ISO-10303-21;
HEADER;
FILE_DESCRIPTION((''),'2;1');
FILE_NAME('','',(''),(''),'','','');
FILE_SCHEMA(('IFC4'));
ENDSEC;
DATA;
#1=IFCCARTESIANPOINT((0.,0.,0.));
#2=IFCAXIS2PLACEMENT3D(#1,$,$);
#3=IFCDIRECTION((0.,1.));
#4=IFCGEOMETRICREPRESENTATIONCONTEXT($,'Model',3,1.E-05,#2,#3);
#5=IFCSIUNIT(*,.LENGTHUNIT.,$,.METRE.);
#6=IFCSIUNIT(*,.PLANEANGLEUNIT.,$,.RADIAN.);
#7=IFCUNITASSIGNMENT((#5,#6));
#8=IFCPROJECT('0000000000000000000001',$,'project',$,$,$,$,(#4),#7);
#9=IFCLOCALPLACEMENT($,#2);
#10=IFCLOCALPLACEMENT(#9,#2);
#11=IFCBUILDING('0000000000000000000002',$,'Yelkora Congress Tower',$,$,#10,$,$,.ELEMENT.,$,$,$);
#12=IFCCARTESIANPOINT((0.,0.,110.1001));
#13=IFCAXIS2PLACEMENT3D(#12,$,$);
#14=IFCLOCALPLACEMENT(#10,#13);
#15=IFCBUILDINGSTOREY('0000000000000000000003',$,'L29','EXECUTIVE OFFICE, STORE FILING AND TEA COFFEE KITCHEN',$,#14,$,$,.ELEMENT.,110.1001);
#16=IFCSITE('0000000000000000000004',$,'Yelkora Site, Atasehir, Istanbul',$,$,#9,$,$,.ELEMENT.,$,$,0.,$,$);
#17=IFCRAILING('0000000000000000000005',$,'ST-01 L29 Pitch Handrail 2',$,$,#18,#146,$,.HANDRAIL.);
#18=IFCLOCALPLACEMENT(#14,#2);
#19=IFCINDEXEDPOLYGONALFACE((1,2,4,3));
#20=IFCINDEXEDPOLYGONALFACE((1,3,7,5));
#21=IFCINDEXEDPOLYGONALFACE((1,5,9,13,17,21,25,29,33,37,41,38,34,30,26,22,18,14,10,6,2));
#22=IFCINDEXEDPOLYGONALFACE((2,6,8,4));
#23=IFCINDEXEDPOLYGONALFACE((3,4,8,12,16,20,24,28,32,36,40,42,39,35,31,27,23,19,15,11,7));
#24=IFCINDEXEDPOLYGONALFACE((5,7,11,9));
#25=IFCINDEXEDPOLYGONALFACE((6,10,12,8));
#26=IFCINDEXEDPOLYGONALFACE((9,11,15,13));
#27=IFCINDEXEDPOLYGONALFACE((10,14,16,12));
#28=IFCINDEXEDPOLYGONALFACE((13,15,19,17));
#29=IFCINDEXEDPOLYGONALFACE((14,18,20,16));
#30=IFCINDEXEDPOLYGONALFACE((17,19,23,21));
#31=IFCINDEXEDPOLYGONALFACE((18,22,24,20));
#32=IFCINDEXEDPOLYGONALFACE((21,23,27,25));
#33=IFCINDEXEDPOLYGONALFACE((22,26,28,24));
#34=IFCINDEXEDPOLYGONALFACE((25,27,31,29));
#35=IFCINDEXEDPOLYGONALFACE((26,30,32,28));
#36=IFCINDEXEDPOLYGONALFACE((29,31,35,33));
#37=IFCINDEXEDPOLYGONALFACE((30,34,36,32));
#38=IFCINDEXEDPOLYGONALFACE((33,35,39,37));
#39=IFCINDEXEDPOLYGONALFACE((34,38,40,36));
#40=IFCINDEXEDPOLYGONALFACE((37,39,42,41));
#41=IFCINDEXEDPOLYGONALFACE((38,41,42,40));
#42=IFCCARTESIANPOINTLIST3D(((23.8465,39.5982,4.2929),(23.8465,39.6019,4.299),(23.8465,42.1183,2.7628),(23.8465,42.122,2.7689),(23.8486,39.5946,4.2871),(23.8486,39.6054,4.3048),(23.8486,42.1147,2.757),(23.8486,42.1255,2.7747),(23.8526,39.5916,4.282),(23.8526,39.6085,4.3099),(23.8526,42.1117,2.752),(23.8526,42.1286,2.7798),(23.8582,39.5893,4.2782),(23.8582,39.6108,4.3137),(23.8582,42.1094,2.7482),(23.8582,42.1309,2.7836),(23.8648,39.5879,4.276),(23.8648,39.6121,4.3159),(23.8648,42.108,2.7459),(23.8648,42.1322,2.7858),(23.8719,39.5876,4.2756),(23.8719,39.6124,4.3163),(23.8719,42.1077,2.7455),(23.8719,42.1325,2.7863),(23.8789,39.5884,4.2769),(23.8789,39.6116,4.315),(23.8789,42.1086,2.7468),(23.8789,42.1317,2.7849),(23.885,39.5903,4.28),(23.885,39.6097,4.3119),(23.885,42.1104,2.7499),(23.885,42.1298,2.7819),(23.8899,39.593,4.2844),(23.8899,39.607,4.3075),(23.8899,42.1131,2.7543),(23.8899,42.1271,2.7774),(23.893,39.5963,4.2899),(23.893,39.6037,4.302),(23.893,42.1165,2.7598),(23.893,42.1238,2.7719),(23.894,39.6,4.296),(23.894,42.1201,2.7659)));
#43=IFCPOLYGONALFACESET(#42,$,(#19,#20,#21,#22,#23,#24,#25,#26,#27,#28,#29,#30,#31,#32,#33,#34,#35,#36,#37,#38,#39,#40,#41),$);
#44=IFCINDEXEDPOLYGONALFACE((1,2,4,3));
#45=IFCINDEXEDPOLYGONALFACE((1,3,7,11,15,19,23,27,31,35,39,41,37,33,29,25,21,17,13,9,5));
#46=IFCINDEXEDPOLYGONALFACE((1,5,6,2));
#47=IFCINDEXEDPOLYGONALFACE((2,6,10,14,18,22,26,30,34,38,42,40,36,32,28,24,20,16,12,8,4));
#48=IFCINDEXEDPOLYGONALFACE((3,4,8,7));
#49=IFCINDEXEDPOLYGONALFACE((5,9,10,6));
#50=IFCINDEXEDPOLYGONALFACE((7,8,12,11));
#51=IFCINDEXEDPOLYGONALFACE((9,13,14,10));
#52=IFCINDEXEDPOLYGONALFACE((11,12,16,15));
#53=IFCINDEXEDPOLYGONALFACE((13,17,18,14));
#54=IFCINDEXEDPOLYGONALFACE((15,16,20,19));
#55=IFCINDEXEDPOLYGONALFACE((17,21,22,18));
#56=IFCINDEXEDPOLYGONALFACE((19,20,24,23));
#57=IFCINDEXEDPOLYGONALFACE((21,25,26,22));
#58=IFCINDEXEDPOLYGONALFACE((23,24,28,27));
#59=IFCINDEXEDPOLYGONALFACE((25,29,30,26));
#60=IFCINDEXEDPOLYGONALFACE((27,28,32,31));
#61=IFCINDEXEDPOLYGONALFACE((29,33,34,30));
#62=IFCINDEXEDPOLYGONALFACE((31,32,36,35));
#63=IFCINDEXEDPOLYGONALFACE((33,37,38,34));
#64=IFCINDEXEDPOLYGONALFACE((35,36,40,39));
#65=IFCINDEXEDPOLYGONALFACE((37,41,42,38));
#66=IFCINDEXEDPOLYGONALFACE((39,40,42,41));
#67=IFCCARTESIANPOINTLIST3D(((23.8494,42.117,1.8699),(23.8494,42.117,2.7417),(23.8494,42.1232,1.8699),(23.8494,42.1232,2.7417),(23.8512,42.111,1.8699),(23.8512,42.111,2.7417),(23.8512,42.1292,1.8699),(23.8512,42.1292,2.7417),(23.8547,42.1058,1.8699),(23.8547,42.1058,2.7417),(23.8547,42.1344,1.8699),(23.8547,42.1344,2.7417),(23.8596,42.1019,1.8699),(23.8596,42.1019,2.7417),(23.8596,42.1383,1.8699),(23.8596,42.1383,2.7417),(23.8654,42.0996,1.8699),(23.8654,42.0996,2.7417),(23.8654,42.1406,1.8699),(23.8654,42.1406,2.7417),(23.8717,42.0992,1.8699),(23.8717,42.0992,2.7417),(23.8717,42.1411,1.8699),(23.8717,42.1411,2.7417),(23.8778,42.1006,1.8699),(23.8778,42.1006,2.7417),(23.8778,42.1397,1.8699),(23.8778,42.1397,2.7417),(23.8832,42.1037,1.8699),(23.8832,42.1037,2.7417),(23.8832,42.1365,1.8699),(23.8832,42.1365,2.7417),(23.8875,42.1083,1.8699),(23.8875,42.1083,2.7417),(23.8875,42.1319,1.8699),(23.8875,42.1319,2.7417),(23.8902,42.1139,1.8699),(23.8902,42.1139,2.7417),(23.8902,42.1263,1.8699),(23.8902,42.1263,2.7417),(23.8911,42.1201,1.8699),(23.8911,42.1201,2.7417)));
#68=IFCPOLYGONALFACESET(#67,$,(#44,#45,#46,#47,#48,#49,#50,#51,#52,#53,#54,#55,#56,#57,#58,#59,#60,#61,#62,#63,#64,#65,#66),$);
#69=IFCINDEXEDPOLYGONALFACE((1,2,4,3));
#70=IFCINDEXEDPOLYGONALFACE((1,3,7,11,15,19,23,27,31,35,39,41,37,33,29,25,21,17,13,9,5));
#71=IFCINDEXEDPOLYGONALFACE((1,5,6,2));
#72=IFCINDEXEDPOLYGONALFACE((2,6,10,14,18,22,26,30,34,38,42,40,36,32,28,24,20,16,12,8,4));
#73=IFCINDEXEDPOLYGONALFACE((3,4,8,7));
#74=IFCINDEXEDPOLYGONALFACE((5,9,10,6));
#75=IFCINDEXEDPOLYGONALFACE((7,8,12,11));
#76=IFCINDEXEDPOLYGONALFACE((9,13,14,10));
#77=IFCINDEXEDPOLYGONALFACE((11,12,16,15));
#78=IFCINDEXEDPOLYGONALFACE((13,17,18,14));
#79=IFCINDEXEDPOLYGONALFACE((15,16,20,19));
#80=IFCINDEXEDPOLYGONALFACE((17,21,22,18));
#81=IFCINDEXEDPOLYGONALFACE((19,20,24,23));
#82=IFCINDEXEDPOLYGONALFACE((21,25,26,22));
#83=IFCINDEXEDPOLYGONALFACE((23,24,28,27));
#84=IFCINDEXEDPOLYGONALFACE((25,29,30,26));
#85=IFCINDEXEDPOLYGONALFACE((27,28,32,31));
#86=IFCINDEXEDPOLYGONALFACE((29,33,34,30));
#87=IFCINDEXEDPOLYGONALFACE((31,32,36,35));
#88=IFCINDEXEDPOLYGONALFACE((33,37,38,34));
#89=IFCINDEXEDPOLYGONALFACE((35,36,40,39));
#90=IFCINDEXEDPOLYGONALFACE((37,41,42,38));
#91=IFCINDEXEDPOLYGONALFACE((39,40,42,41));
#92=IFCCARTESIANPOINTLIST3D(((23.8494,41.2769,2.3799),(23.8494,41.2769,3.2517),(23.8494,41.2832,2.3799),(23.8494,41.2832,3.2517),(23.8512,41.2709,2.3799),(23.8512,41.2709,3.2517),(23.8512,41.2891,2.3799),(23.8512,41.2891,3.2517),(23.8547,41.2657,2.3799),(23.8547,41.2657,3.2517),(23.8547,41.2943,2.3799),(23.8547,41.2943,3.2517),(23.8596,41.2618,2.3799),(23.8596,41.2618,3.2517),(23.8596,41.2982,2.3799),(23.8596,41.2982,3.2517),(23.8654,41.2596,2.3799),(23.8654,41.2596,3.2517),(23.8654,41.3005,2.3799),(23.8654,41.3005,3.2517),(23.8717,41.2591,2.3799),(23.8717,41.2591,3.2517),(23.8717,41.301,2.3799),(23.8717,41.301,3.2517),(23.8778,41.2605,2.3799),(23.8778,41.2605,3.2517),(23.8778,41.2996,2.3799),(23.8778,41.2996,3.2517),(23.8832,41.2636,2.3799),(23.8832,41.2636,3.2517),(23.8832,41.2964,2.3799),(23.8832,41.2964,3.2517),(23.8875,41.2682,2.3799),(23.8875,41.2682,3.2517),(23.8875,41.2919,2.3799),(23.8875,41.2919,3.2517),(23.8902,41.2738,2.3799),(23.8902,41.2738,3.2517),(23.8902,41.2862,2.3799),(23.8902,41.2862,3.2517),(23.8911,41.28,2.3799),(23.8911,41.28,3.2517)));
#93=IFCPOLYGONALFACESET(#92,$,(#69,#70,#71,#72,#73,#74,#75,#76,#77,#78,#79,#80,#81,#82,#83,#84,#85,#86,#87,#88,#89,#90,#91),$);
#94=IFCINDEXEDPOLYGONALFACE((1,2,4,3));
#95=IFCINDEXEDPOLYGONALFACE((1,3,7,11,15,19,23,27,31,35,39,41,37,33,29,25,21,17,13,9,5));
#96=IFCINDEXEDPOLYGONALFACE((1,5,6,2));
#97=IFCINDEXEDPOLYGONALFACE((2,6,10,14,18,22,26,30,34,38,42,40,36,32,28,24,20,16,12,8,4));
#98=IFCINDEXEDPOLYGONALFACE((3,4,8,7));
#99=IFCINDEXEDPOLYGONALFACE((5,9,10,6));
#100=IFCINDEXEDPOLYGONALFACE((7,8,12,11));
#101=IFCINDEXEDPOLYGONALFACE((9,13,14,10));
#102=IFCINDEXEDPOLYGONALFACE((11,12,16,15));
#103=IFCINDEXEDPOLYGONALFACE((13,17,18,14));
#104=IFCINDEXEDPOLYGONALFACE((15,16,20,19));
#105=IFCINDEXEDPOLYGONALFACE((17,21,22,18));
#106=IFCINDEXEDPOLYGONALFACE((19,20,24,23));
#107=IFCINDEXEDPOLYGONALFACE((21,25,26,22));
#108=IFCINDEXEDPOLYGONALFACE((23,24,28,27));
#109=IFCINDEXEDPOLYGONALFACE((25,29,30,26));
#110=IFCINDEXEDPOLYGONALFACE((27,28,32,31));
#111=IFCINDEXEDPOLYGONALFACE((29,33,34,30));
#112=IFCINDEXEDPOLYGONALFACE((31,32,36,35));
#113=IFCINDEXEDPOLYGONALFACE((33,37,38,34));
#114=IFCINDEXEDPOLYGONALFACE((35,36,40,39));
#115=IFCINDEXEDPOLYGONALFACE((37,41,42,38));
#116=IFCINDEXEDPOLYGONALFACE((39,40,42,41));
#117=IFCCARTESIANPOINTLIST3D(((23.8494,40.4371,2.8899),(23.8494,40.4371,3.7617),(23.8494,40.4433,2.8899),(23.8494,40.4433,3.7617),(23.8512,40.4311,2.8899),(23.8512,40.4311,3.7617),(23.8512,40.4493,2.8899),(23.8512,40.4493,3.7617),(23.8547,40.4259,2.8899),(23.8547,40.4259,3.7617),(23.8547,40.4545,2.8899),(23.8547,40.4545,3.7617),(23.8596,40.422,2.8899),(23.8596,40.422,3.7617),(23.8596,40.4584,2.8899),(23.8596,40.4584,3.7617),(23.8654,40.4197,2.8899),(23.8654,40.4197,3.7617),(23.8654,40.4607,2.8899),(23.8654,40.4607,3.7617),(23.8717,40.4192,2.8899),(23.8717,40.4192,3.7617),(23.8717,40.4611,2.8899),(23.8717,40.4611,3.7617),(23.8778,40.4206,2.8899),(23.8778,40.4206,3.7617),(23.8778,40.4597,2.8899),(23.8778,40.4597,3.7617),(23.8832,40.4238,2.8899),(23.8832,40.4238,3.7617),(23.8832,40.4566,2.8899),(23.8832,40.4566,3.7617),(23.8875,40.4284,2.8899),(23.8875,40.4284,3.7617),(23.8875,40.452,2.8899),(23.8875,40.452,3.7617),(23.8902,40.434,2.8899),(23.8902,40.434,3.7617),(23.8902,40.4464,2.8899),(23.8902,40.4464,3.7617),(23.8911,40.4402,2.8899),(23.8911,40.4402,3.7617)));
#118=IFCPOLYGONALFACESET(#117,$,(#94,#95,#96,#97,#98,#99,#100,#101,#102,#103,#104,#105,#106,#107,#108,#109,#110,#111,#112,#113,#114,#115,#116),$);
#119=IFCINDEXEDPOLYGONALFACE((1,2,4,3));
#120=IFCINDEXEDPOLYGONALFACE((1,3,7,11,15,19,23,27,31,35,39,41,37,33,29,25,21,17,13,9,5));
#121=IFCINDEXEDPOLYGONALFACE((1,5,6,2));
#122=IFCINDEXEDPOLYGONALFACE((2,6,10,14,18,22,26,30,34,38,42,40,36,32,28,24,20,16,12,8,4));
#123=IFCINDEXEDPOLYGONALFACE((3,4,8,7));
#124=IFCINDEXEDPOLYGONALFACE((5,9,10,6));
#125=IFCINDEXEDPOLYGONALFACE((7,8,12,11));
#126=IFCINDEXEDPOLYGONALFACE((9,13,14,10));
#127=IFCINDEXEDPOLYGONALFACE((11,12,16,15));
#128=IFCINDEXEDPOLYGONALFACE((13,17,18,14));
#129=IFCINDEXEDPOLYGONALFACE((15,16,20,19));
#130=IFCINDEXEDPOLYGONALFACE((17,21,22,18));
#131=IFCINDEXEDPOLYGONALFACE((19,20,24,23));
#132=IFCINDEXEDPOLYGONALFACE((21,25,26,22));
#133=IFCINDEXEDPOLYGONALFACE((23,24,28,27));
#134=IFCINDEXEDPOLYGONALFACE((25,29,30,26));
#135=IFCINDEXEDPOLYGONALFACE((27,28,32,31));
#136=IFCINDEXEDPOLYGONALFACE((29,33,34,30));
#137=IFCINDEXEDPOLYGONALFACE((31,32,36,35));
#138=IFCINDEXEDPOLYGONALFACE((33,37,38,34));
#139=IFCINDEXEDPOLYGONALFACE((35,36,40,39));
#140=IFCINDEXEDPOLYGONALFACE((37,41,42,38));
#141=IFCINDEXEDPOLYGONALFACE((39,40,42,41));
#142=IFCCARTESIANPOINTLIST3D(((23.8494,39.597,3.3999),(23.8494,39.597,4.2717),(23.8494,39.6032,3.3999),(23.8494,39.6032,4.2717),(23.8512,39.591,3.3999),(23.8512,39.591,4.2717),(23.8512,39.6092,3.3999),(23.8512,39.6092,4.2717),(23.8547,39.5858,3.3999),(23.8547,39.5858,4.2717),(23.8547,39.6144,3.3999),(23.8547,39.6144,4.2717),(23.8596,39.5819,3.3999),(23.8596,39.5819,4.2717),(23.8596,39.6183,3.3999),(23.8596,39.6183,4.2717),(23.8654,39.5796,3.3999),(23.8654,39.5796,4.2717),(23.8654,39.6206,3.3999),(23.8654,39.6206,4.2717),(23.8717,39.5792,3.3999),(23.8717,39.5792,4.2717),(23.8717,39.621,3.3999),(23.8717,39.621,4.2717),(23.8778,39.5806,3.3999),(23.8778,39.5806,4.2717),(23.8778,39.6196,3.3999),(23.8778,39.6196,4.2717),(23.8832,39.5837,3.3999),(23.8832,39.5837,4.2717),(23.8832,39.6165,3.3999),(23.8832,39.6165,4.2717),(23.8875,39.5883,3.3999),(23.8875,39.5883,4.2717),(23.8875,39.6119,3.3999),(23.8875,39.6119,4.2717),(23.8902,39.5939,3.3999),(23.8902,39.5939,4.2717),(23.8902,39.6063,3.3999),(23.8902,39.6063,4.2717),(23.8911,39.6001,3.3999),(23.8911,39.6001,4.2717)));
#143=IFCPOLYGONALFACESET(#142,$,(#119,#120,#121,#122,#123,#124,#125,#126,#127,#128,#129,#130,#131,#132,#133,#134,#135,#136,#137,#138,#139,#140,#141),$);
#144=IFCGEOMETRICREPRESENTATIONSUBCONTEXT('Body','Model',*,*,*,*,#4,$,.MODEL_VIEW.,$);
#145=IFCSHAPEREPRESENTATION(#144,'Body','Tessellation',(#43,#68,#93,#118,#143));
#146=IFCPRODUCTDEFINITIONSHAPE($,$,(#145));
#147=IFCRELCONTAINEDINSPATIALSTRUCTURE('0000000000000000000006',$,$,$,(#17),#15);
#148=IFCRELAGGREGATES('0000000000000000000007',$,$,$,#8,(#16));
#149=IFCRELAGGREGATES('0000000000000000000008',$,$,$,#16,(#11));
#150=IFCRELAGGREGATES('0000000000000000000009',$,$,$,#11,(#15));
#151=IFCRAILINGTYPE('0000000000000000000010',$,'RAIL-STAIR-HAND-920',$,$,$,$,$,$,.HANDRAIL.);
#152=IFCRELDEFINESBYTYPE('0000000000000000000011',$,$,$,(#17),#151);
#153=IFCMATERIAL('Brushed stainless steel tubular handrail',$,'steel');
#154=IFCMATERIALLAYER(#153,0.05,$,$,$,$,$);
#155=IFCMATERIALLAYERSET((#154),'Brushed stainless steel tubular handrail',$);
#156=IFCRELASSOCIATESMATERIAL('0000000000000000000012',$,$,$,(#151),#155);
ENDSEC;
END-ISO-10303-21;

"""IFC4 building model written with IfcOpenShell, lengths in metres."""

from ifc_helpers import new_model, si_unit, direction, frame, origin, origin_2d, place, context, subcontext, project, spatial, circle, extrude, material, layer, layer_set, type_object, element, save


model = new_model("IFC4")

# Units and contexts
model_context = context("Model", 3, precision=1e-05, world=origin(), true_north=direction((0.0, 1.0)))
body_context = subcontext(model_context, "Body", "Model", "MODEL_VIEW")
ifc_project = project(units=[si_unit("LENGTHUNIT", "METRE"), si_unit("PLANEANGLEUNIT", "RADIAN")], contexts=[model_context])

# Site, building, storey
site_placement = place(None, origin())
site = spatial("IfcSite", under=ifc_project, at=site_placement, Name="Yelkora Site, Atasehir, Istanbul", CompositionType="ELEMENT", RefElevation=0.0)
building_placement = place(site_placement, origin())
building = spatial("IfcBuilding", under=site, at=building_placement, Name="Yelkora Congress Tower", CompositionType="ELEMENT")
storey_placement = place(building_placement, frame((0.0, 0.0, 110.1001)))
storey = spatial("IfcBuildingStorey", under=building, at=storey_placement, Name="L29", Description="EXECUTIVE OFFICE, STORE FILING AND TEA COFFEE KITCHEN", CompositionType="ELEMENT", Elevation=110.1001)

# Railing
ifc_material_1 = material(Name="Brushed stainless steel tubular handrail", Category="steel")
ifc_layer_1 = layer(ifc_material_1, 0.05)
ifc_layer_set_1 = layer_set([ifc_layer_1], Name="Brushed stainless steel tubular handrail")
railing_type_1 = type_object("IfcRailingType", Name="RAIL-STAIR-HAND-920", PredefinedType="HANDRAIL", material=ifc_layer_set_1)
railing_1_placement = place(storey_placement, frame((23.8701, 42.1201, 1.8699)))
element("IfcRailing", 1, at=railing_1_placement, inside=storey, type_object=railing_type_1, Name="ST-01 L29 Pitch Handrail 2", PredefinedType="HANDRAIL", context=body_context, shape_type="SweptSolid", body=[
    extrude(circle(Radius=0.0239, at=origin_2d()), frame((0.0, 0.0, 0.896), z_axis=(0.0, -0.854785, 0.518982), x_axis=(1.0, 0.0, 0.0)), (0.0, 0.0, 1.0), 2.9482),
    extrude(circle(Radius=0.021, at=origin_2d()), origin(), (0.0, 0.0, 1.0), 0.8718),
    extrude(circle(Radius=0.021, at=origin_2d()), frame((0.0, -0.8401, 0.51)), (0.0, 0.0, 1.0), 0.8718),
    extrude(circle(Radius=0.021, at=origin_2d()), frame((0.0, -1.6799, 1.02)), (0.0, 0.0, 1.0), 0.8718),
    extrude(circle(Radius=0.021, at=origin_2d()), frame((0.0, -2.52, 1.53)), (0.0, 0.0, 1.0), 0.8718),
])

save(model, "model.ifc")
